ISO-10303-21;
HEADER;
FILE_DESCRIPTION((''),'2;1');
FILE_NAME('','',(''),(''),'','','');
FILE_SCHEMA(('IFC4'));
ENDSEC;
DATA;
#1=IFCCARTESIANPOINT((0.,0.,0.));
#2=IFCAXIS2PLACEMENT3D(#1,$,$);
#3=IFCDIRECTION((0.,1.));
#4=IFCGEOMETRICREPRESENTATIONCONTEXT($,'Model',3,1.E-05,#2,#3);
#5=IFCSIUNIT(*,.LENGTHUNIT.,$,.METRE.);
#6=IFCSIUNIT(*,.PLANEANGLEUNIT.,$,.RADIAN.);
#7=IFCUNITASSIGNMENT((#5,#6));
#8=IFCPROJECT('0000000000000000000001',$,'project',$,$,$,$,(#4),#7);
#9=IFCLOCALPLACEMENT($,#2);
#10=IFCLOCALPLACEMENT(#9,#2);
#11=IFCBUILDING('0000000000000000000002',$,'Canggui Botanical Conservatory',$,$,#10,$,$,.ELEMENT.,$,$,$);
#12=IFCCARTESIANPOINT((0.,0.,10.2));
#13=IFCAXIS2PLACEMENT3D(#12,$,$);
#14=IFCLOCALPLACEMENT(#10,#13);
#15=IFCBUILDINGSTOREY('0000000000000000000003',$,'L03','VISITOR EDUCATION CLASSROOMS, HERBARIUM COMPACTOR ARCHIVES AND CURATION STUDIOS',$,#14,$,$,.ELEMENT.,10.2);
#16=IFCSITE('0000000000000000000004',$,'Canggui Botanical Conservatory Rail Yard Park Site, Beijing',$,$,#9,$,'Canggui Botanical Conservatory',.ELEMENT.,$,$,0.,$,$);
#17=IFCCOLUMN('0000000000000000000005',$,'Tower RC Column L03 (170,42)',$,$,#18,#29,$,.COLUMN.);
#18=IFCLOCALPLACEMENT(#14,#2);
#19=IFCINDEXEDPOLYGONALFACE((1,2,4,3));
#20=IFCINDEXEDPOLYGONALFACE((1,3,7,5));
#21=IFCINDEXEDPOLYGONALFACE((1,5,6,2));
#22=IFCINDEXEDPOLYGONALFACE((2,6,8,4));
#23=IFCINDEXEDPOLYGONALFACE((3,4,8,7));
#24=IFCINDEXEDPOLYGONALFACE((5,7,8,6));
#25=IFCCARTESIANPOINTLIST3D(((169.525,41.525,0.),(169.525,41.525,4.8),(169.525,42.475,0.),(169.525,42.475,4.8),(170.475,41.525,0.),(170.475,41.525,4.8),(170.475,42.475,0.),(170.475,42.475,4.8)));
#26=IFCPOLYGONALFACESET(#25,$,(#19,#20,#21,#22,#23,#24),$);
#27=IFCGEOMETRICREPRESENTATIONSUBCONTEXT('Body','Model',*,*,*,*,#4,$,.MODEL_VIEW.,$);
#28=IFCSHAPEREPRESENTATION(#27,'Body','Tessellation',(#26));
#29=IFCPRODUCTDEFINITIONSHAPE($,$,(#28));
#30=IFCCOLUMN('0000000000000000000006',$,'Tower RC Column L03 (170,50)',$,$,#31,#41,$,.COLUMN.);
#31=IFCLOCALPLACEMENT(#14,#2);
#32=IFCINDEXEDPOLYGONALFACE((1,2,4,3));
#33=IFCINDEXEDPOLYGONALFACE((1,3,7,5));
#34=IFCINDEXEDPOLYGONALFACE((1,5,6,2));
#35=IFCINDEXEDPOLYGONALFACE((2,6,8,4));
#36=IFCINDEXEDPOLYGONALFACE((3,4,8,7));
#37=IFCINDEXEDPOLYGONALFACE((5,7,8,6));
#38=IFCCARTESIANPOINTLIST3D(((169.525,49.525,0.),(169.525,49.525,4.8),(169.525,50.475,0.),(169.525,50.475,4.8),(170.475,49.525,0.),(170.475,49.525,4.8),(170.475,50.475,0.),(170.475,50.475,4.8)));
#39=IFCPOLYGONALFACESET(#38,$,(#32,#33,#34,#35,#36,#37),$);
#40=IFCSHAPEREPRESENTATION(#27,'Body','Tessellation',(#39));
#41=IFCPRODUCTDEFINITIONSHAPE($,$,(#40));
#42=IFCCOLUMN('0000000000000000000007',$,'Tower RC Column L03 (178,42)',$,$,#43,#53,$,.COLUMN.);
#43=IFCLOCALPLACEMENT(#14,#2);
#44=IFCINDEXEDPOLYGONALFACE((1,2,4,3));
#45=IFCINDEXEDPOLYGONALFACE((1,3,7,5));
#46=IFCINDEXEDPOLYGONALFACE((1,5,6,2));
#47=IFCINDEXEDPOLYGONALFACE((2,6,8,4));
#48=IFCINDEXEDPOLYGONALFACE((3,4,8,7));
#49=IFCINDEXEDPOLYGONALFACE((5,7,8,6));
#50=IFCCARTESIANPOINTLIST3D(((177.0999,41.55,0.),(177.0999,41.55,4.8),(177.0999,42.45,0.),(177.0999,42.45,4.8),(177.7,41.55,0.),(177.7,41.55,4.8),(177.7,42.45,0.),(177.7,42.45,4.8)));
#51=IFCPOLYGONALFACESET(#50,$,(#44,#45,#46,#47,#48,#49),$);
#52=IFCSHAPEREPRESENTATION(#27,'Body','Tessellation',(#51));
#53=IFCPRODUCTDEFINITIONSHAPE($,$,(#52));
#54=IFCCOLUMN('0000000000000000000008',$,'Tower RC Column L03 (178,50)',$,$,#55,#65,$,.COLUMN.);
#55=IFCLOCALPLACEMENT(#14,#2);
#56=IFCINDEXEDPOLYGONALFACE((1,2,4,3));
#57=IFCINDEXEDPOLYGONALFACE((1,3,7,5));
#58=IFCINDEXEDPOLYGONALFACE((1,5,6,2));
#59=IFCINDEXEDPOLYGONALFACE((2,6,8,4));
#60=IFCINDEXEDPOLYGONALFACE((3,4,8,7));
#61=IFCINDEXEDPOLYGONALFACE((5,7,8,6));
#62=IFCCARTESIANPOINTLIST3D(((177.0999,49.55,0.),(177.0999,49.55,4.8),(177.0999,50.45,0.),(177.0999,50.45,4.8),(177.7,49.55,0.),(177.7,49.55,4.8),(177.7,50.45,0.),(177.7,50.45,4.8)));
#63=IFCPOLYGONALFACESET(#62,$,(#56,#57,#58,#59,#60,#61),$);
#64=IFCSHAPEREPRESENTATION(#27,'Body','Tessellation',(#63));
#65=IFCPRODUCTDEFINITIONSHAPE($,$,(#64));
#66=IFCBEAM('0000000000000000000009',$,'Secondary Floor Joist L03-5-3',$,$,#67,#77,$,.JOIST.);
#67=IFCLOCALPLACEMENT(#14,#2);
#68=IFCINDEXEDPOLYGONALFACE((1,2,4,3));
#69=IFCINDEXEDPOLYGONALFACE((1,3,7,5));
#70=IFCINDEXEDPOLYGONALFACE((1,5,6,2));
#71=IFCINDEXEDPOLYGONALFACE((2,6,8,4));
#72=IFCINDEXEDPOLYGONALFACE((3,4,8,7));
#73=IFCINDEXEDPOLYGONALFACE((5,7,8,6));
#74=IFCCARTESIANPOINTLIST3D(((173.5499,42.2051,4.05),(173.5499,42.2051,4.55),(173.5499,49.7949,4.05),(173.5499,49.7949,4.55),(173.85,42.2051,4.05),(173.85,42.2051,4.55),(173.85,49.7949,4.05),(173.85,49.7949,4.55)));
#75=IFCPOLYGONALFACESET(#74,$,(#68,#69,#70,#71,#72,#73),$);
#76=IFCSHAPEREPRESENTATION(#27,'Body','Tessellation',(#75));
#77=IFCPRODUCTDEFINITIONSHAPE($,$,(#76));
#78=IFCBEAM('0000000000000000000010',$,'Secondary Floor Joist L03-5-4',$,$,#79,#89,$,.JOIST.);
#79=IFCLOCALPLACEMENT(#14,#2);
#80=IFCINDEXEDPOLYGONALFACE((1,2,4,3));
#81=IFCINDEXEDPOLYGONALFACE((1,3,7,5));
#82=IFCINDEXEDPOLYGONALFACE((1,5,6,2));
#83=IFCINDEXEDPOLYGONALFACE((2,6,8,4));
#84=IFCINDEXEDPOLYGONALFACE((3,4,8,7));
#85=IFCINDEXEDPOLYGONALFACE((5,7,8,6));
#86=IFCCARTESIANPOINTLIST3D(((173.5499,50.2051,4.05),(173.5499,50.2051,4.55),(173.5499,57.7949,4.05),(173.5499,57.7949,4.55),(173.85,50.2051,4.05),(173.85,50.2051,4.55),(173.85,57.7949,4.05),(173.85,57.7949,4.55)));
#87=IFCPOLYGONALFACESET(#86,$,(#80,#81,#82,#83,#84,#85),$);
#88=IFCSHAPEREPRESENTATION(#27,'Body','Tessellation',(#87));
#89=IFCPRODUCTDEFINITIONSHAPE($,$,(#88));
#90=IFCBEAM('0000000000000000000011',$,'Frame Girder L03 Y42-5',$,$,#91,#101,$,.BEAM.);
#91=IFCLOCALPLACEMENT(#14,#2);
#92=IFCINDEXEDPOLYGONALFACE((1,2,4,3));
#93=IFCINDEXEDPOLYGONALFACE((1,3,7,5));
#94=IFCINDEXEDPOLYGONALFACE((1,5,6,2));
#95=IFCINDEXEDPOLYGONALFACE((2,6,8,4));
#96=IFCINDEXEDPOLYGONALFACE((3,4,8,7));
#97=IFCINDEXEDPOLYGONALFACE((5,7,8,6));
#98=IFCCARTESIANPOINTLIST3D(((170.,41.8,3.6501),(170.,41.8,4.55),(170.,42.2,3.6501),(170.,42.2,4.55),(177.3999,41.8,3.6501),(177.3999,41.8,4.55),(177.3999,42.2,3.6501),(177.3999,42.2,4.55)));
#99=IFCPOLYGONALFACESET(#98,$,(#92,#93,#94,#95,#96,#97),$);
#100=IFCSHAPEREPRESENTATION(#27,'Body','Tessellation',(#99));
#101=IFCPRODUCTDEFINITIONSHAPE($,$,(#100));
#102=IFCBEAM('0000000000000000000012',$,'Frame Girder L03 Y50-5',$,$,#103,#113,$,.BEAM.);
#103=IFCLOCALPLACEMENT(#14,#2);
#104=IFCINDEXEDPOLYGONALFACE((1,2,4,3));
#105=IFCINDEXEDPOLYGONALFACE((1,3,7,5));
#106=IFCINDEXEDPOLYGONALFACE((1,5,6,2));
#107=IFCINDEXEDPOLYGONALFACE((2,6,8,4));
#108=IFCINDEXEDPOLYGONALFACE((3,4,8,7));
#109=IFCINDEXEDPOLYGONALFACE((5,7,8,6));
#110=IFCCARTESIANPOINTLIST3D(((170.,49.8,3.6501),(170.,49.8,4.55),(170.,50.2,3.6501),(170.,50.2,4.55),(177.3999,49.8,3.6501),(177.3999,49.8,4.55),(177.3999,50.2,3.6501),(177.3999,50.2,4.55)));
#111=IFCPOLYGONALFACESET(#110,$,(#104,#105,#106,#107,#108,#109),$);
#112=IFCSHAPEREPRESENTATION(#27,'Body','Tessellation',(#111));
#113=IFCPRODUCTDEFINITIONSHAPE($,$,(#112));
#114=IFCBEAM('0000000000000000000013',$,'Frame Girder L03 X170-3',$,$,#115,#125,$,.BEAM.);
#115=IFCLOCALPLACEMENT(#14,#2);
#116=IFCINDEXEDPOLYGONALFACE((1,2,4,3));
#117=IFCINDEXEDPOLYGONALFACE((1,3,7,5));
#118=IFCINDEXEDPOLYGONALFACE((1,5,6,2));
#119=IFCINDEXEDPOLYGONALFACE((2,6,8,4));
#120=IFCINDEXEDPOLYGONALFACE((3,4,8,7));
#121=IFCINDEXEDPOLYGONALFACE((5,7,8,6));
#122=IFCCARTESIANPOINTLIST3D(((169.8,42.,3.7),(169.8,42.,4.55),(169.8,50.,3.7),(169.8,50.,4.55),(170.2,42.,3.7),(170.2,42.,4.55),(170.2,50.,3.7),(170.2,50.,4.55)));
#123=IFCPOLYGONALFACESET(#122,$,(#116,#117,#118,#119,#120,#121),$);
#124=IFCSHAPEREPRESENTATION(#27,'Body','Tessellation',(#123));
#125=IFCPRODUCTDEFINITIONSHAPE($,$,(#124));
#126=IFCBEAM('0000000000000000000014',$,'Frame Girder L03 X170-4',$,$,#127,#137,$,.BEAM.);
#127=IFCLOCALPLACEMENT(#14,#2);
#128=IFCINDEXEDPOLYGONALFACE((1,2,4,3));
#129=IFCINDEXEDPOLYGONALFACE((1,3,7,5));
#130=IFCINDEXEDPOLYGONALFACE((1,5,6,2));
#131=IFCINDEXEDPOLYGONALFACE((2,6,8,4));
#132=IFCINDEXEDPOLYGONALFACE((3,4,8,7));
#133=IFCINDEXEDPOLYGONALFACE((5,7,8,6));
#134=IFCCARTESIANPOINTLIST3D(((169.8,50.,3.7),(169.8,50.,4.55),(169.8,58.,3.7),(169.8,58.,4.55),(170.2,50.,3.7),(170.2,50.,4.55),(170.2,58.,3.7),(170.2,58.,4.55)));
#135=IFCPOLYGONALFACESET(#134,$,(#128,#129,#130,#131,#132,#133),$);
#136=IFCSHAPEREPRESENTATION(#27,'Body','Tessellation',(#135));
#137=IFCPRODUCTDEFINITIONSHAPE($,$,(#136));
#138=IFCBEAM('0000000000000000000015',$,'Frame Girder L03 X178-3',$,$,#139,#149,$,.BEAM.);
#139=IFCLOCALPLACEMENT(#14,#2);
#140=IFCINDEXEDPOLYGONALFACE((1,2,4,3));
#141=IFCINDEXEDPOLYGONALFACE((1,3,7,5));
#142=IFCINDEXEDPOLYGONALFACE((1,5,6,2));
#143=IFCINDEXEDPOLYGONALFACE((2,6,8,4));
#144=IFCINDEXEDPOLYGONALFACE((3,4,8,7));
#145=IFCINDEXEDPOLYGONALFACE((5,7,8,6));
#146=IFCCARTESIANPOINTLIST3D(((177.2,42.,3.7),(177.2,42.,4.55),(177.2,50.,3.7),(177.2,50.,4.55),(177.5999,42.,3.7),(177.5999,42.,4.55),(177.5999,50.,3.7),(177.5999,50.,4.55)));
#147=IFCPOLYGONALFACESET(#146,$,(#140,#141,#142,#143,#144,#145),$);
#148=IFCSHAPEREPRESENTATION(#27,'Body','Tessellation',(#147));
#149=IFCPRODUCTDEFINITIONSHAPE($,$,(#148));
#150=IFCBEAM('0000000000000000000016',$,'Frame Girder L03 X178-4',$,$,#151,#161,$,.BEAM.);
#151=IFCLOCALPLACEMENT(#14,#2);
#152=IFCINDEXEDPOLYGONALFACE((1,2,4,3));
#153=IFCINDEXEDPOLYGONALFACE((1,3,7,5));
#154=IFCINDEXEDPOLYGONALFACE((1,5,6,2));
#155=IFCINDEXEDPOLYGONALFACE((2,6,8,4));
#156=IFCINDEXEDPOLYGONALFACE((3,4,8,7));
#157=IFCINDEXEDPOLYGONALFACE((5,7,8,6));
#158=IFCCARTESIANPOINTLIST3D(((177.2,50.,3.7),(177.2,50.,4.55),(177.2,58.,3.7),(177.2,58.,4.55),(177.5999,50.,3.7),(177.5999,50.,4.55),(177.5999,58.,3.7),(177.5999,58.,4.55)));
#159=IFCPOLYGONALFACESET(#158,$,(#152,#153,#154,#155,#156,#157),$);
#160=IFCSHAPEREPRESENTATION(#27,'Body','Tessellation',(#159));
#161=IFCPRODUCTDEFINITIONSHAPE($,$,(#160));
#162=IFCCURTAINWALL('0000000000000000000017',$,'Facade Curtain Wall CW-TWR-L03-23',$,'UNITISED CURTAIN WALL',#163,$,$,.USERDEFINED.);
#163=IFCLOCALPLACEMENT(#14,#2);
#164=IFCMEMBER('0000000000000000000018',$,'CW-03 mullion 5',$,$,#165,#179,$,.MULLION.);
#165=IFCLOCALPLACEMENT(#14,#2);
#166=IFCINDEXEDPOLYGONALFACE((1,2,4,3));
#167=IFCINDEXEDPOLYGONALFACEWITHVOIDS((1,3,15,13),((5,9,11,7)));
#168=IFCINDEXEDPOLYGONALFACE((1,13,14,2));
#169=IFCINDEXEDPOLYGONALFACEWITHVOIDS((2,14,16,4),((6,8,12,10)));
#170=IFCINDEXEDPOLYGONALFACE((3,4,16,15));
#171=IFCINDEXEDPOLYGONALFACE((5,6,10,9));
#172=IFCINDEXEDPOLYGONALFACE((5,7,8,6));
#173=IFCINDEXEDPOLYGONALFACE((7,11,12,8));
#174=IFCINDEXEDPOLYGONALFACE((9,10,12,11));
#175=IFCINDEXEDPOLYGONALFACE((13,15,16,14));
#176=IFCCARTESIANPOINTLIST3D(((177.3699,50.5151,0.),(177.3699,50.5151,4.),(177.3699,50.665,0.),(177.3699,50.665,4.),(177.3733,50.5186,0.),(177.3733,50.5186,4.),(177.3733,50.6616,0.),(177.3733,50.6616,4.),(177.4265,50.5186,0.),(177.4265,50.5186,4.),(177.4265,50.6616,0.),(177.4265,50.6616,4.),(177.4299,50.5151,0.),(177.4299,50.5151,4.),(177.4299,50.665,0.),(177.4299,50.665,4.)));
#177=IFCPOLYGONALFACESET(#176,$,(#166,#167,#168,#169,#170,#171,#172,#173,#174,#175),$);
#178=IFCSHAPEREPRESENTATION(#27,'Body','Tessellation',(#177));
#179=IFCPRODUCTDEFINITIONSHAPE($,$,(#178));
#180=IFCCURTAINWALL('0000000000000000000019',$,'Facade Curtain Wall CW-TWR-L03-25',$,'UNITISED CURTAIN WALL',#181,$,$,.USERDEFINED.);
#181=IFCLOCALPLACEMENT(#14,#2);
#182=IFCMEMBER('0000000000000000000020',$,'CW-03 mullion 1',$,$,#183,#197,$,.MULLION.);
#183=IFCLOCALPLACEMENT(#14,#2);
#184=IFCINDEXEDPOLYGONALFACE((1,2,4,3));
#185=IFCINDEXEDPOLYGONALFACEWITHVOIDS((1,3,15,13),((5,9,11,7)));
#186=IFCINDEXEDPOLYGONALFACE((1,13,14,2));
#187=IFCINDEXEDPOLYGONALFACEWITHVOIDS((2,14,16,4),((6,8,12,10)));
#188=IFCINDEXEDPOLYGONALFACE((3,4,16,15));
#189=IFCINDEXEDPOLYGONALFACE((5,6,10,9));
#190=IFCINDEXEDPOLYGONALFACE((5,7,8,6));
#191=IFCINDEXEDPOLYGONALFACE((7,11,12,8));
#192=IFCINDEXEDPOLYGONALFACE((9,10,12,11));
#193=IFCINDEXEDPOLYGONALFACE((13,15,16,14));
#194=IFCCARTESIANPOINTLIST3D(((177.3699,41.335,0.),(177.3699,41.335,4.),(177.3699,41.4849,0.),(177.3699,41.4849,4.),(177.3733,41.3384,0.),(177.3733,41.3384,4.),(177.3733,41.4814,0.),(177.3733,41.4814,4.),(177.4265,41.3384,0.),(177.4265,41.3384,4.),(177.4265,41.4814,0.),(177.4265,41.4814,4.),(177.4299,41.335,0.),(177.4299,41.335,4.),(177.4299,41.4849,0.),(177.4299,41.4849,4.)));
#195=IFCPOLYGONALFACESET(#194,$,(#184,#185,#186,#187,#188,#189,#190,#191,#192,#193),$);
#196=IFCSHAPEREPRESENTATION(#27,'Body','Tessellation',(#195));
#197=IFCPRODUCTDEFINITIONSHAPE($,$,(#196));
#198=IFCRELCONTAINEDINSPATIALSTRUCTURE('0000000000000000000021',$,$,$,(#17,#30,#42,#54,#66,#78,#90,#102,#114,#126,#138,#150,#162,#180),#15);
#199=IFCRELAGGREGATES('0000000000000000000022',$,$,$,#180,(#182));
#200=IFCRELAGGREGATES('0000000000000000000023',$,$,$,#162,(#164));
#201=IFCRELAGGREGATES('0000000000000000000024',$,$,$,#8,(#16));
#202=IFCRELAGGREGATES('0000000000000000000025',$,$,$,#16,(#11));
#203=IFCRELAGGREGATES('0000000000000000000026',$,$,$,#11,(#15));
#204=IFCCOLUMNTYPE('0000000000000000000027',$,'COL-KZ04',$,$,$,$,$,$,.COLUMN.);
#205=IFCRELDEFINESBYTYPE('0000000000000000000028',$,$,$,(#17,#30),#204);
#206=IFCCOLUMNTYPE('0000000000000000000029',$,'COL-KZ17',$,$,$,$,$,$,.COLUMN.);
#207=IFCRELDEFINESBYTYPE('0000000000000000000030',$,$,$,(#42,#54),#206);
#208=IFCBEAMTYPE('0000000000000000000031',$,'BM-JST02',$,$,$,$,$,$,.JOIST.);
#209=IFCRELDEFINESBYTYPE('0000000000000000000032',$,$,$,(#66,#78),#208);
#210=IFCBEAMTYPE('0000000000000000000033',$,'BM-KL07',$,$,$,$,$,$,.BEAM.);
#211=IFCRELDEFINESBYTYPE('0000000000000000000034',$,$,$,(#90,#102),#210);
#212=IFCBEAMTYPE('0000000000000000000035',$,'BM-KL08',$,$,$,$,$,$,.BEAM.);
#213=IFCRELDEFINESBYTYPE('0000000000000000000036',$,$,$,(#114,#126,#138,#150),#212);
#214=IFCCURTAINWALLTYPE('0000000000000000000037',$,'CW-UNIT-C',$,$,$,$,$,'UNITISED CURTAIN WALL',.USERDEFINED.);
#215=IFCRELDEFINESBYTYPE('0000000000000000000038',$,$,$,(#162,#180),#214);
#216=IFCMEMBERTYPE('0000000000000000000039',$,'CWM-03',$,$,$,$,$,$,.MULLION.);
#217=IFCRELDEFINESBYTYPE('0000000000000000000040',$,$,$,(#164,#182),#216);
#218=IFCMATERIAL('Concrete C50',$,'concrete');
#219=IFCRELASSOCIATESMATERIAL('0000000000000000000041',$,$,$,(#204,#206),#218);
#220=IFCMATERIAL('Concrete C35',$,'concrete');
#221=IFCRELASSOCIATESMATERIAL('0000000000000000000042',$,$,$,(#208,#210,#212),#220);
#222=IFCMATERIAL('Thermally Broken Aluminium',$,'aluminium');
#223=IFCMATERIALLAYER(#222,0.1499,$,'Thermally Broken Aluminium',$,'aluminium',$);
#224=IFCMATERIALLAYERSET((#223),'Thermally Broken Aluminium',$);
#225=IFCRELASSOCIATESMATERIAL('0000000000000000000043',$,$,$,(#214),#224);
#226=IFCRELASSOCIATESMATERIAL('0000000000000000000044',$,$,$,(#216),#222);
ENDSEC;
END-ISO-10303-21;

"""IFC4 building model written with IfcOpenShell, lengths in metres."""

from ifc_helpers import new_model, si_unit, direction, frame, origin, origin_2d, place, context, subcontext, project, spatial, rectangle, hollow_rectangle, extrude, material, layer, layer_set, material_profile, profile_set, type_object, element, aggregate, save


model = new_model("IFC4")

# Units and contexts
model_context = context("Model", 3, precision=1e-05, world=origin(), true_north=direction((0.0, 1.0)))
body_context = subcontext(model_context, "Body", "Model", "MODEL_VIEW")
ifc_project = project(units=[si_unit("LENGTHUNIT", "METRE"), si_unit("PLANEANGLEUNIT", "RADIAN")], contexts=[model_context])

# Site, building, storey
site_placement = place(None, origin())
site = spatial("IfcSite", under=ifc_project, at=site_placement, Name="Canggui Botanical Conservatory Rail Yard Park Site, Beijing", LongName="Canggui Botanical Conservatory", CompositionType="ELEMENT", RefElevation=0.0)
building_placement = place(site_placement, origin())
building = spatial("IfcBuilding", under=site, at=building_placement, Name="Canggui Botanical Conservatory", CompositionType="ELEMENT")
storey_placement = place(building_placement, frame((0.0, 0.0, 10.2)))
storey = spatial("IfcBuildingStorey", under=building, at=storey_placement, Name="L03", Description="VISITOR EDUCATION CLASSROOMS, HERBARIUM COMPACTOR ARCHIVES AND CURATION STUDIOS", CompositionType="ELEMENT", Elevation=10.2)

# Columns
ifc_material_1 = material(Name="Concrete C50", Category="concrete")
ifc_material_profile_1 = material_profile(ifc_material_1, rectangle(XDim=0.95, YDim=0.95, at=origin_2d()), Name="RC 950x950")
ifc_profile_set_1 = profile_set([ifc_material_profile_1], Name="Concrete C50")
column_type_1 = type_object("IfcColumnType", Name="COL-KZ04", PredefinedType="COLUMN", material=ifc_profile_set_1)
for number, where, z_axis, x_axis, name in (
    (1, (170.0, 42.0, 0.0), (0.0, 0.0, 1.0), (1.0, 0.0, 0.0), "Tower RC Column L03 (170,42)"),
    (2, (170.0, 50.0, 0.0), (0.0, 0.0, 1.0), (1.0, 0.0, 0.0), "Tower RC Column L03 (170,50)"),
):
    element("IfcColumn", number, at=place(storey_placement, frame(where, z_axis=z_axis, x_axis=x_axis)), inside=storey, type_object=column_type_1, Name=name, PredefinedType="COLUMN", context=body_context, shape_type="SweptSolid", body=[
        extrude(rectangle(XDim=0.95, YDim=0.95, at=origin_2d()), origin(), (0.0, 0.0, 1.0), 4.8),
    ])
ifc_material_profile_2 = material_profile(ifc_material_1, rectangle(XDim=0.6001, YDim=0.8999, at=origin_2d()), Name="RC 600x900")
ifc_profile_set_2 = profile_set([ifc_material_profile_2], Name="Concrete C50")
column_type_2 = type_object("IfcColumnType", Name="COL-KZ17", PredefinedType="COLUMN", material=ifc_profile_set_2)
for number, where, z_axis, x_axis, name in (
    (3, (177.3999, 42.0, 0.0), (0.0, 0.0, 1.0), (1.0, 0.0, 0.0), "Tower RC Column L03 (178,42)"),
    (4, (177.3999, 50.0, 0.0), (0.0, 0.0, 1.0), (1.0, 0.0, 0.0), "Tower RC Column L03 (178,50)"),
):
    element("IfcColumn", number, at=place(storey_placement, frame(where, z_axis=z_axis, x_axis=x_axis)), inside=storey, type_object=column_type_2, Name=name, PredefinedType="COLUMN", context=body_context, shape_type="SweptSolid", body=[
        extrude(rectangle(XDim=0.6001, YDim=0.8999, at=origin_2d()), origin(), (0.0, 0.0, 1.0), 4.8),
    ])

# Beams
ifc_material_2 = material(Name="Concrete C35", Category="concrete")
ifc_material_profile_3 = material_profile(ifc_material_2, rectangle(XDim=0.3, YDim=0.5, at=origin_2d()), Name="RB 300x500")
ifc_profile_set_3 = profile_set([ifc_material_profile_3], Name="Concrete C35")
beam_type_1 = type_object("IfcBeamType", Name="BM-JST02", PredefinedType="JOIST", material=ifc_profile_set_3)
for number, where, z_axis, x_axis, name in (
    (5, (173.7, 42.2051, 4.3), (0.0, 1.0, 0.0), (-1.0, 0.0, 0.0), "Secondary Floor Joist L03-5-3"),
    (6, (173.7, 50.2051, 4.3), (0.0, 1.0, 0.0), (-1.0, 0.0, 0.0), "Secondary Floor Joist L03-5-4"),
):
    element("IfcBeam", number, at=place(storey_placement, frame(where, z_axis=z_axis, x_axis=x_axis)), inside=storey, type_object=beam_type_1, Name=name, PredefinedType="JOIST", context=body_context, shape_type="SweptSolid", body=[
        extrude(rectangle(XDim=0.3, YDim=0.5, at=origin_2d()), origin(), (0.0, 0.0, 1.0), 7.5898),
    ])
ifc_material_profile_4 = material_profile(ifc_material_2, rectangle(XDim=0.3999, YDim=0.8999, at=origin_2d()), Name="RB 400x900")
ifc_profile_set_4 = profile_set([ifc_material_profile_4], Name="Concrete C35")
beam_type_2 = type_object("IfcBeamType", Name="BM-KL07", PredefinedType="BEAM", material=ifc_profile_set_4)
for number, where, z_axis, x_axis, name in (
    (7, (170.0, 42.0, 4.1001), (1.0, 0.0, 0.0), (0.0, 1.0, 0.0), "Frame Girder L03 Y42-5"),
    (8, (170.0, 50.0, 4.1001), (1.0, 0.0, 0.0), (0.0, 1.0, 0.0), "Frame Girder L03 Y50-5"),
):
    element("IfcBeam", number, at=place(storey_placement, frame(where, z_axis=z_axis, x_axis=x_axis)), inside=storey, type_object=beam_type_2, Name=name, PredefinedType="BEAM", context=body_context, shape_type="SweptSolid", body=[
        extrude(rectangle(XDim=0.3999, YDim=0.8999, at=origin_2d()), origin(), (0.0, 0.0, 1.0), 7.3999),
    ])
ifc_material_profile_5 = material_profile(ifc_material_2, rectangle(XDim=0.3999, YDim=0.8501, at=origin_2d()), Name="RB 400x850")
ifc_profile_set_5 = profile_set([ifc_material_profile_5], Name="Concrete C35")
beam_type_3 = type_object("IfcBeamType", Name="BM-KL08", PredefinedType="BEAM", material=ifc_profile_set_5)
for number, where, z_axis, x_axis, name in (
    (9, (170.0, 42.0, 4.125), (0.0, 1.0, 0.0), (-1.0, 0.0, 0.0), "Frame Girder L03 X170-3"),
    (10, (170.0, 50.0, 4.125), (0.0, 1.0, 0.0), (-1.0, 0.0, 0.0), "Frame Girder L03 X170-4"),
    (11, (177.3999, 42.0, 4.125), (0.0, 1.0, 0.0), (-1.0, 0.0, 0.0), "Frame Girder L03 X178-3"),
    (12, (177.3999, 50.0, 4.125), (0.0, 1.0, 0.0), (-1.0, 0.0, 0.0), "Frame Girder L03 X178-4"),
):
    element("IfcBeam", number, at=place(storey_placement, frame(where, z_axis=z_axis, x_axis=x_axis)), inside=storey, type_object=beam_type_3, Name=name, PredefinedType="BEAM", context=body_context, shape_type="SweptSolid", body=[
        extrude(rectangle(XDim=0.3999, YDim=0.8501, at=origin_2d()), origin(), (0.0, 0.0, 1.0), 8.0),
    ])

# Curtain walls, members
ifc_material_3 = material(Name="Thermally Broken Aluminium", Category="aluminium")
ifc_layer_1 = layer(ifc_material_3, 0.1499, Name="Thermally Broken Aluminium", Category="aluminium")
ifc_layer_set_1 = layer_set([ifc_layer_1], Name="Thermally Broken Aluminium")
curtain_wall_type = type_object("IfcCurtainWallType", Name="CW-UNIT-C", ElementType="UNITISED CURTAIN WALL", PredefinedType="USERDEFINED", material=ifc_layer_set_1)
curtain_wall_1_placement = place(storey_placement, origin())
curtain_wall_1 = element("IfcCurtainWall", 13, at=curtain_wall_1_placement, inside=storey, type_object=curtain_wall_type, Name="Facade Curtain Wall CW-TWR-L03-23", ObjectType="UNITISED CURTAIN WALL", PredefinedType="USERDEFINED")
ifc_material_profile_6 = material_profile(ifc_material_3, hollow_rectangle(XDim=0.0601, YDim=0.1499, WallThickness=0.0034, at=origin_2d()), Name="CWM 60x150x3.5")
ifc_profile_set_6 = profile_set([ifc_material_profile_6], Name="Thermally Broken Aluminium")
member_type_1 = type_object("IfcMemberType", Name="CWM-03", PredefinedType="MULLION", material=ifc_profile_set_6)
member_1_placement = place(storey_placement, frame((177.3999, 50.5901, 0.0), z_axis=(0.0, 0.0, 1.0), x_axis=(1.0, 0.0, 0.0)))
member_1 = element("IfcMember", 14, at=member_1_placement, type_object=member_type_1, Name="CW-03 mullion 5", PredefinedType="MULLION", context=body_context, shape_type="SweptSolid", body=[
    extrude(hollow_rectangle(XDim=0.0601, YDim=0.1499, WallThickness=0.0034, at=origin_2d()), origin(), (0.0, 0.0, 1.0), 4.0),
])
curtain_wall_2_placement = place(storey_placement, origin())
curtain_wall_2 = element("IfcCurtainWall", 15, at=curtain_wall_2_placement, inside=storey, type_object=curtain_wall_type, Name="Facade Curtain Wall CW-TWR-L03-25", ObjectType="UNITISED CURTAIN WALL", PredefinedType="USERDEFINED")
member_2_placement = place(storey_placement, frame((177.3999, 41.4099, 0.0), z_axis=(0.0, 0.0, 1.0), x_axis=(1.0, 0.0, 0.0)))
member_2 = element("IfcMember", 16, at=member_2_placement, type_object=member_type_1, Name="CW-03 mullion 1", PredefinedType="MULLION", context=body_context, shape_type="SweptSolid", body=[
    extrude(hollow_rectangle(XDim=0.0601, YDim=0.1499, WallThickness=0.0034, at=origin_2d()), origin(), (0.0, 0.0, 1.0), 4.0),
])

aggregate(curtain_wall_2, [member_2])

aggregate(curtain_wall_1, [member_1])

save(model, "model.ifc")
